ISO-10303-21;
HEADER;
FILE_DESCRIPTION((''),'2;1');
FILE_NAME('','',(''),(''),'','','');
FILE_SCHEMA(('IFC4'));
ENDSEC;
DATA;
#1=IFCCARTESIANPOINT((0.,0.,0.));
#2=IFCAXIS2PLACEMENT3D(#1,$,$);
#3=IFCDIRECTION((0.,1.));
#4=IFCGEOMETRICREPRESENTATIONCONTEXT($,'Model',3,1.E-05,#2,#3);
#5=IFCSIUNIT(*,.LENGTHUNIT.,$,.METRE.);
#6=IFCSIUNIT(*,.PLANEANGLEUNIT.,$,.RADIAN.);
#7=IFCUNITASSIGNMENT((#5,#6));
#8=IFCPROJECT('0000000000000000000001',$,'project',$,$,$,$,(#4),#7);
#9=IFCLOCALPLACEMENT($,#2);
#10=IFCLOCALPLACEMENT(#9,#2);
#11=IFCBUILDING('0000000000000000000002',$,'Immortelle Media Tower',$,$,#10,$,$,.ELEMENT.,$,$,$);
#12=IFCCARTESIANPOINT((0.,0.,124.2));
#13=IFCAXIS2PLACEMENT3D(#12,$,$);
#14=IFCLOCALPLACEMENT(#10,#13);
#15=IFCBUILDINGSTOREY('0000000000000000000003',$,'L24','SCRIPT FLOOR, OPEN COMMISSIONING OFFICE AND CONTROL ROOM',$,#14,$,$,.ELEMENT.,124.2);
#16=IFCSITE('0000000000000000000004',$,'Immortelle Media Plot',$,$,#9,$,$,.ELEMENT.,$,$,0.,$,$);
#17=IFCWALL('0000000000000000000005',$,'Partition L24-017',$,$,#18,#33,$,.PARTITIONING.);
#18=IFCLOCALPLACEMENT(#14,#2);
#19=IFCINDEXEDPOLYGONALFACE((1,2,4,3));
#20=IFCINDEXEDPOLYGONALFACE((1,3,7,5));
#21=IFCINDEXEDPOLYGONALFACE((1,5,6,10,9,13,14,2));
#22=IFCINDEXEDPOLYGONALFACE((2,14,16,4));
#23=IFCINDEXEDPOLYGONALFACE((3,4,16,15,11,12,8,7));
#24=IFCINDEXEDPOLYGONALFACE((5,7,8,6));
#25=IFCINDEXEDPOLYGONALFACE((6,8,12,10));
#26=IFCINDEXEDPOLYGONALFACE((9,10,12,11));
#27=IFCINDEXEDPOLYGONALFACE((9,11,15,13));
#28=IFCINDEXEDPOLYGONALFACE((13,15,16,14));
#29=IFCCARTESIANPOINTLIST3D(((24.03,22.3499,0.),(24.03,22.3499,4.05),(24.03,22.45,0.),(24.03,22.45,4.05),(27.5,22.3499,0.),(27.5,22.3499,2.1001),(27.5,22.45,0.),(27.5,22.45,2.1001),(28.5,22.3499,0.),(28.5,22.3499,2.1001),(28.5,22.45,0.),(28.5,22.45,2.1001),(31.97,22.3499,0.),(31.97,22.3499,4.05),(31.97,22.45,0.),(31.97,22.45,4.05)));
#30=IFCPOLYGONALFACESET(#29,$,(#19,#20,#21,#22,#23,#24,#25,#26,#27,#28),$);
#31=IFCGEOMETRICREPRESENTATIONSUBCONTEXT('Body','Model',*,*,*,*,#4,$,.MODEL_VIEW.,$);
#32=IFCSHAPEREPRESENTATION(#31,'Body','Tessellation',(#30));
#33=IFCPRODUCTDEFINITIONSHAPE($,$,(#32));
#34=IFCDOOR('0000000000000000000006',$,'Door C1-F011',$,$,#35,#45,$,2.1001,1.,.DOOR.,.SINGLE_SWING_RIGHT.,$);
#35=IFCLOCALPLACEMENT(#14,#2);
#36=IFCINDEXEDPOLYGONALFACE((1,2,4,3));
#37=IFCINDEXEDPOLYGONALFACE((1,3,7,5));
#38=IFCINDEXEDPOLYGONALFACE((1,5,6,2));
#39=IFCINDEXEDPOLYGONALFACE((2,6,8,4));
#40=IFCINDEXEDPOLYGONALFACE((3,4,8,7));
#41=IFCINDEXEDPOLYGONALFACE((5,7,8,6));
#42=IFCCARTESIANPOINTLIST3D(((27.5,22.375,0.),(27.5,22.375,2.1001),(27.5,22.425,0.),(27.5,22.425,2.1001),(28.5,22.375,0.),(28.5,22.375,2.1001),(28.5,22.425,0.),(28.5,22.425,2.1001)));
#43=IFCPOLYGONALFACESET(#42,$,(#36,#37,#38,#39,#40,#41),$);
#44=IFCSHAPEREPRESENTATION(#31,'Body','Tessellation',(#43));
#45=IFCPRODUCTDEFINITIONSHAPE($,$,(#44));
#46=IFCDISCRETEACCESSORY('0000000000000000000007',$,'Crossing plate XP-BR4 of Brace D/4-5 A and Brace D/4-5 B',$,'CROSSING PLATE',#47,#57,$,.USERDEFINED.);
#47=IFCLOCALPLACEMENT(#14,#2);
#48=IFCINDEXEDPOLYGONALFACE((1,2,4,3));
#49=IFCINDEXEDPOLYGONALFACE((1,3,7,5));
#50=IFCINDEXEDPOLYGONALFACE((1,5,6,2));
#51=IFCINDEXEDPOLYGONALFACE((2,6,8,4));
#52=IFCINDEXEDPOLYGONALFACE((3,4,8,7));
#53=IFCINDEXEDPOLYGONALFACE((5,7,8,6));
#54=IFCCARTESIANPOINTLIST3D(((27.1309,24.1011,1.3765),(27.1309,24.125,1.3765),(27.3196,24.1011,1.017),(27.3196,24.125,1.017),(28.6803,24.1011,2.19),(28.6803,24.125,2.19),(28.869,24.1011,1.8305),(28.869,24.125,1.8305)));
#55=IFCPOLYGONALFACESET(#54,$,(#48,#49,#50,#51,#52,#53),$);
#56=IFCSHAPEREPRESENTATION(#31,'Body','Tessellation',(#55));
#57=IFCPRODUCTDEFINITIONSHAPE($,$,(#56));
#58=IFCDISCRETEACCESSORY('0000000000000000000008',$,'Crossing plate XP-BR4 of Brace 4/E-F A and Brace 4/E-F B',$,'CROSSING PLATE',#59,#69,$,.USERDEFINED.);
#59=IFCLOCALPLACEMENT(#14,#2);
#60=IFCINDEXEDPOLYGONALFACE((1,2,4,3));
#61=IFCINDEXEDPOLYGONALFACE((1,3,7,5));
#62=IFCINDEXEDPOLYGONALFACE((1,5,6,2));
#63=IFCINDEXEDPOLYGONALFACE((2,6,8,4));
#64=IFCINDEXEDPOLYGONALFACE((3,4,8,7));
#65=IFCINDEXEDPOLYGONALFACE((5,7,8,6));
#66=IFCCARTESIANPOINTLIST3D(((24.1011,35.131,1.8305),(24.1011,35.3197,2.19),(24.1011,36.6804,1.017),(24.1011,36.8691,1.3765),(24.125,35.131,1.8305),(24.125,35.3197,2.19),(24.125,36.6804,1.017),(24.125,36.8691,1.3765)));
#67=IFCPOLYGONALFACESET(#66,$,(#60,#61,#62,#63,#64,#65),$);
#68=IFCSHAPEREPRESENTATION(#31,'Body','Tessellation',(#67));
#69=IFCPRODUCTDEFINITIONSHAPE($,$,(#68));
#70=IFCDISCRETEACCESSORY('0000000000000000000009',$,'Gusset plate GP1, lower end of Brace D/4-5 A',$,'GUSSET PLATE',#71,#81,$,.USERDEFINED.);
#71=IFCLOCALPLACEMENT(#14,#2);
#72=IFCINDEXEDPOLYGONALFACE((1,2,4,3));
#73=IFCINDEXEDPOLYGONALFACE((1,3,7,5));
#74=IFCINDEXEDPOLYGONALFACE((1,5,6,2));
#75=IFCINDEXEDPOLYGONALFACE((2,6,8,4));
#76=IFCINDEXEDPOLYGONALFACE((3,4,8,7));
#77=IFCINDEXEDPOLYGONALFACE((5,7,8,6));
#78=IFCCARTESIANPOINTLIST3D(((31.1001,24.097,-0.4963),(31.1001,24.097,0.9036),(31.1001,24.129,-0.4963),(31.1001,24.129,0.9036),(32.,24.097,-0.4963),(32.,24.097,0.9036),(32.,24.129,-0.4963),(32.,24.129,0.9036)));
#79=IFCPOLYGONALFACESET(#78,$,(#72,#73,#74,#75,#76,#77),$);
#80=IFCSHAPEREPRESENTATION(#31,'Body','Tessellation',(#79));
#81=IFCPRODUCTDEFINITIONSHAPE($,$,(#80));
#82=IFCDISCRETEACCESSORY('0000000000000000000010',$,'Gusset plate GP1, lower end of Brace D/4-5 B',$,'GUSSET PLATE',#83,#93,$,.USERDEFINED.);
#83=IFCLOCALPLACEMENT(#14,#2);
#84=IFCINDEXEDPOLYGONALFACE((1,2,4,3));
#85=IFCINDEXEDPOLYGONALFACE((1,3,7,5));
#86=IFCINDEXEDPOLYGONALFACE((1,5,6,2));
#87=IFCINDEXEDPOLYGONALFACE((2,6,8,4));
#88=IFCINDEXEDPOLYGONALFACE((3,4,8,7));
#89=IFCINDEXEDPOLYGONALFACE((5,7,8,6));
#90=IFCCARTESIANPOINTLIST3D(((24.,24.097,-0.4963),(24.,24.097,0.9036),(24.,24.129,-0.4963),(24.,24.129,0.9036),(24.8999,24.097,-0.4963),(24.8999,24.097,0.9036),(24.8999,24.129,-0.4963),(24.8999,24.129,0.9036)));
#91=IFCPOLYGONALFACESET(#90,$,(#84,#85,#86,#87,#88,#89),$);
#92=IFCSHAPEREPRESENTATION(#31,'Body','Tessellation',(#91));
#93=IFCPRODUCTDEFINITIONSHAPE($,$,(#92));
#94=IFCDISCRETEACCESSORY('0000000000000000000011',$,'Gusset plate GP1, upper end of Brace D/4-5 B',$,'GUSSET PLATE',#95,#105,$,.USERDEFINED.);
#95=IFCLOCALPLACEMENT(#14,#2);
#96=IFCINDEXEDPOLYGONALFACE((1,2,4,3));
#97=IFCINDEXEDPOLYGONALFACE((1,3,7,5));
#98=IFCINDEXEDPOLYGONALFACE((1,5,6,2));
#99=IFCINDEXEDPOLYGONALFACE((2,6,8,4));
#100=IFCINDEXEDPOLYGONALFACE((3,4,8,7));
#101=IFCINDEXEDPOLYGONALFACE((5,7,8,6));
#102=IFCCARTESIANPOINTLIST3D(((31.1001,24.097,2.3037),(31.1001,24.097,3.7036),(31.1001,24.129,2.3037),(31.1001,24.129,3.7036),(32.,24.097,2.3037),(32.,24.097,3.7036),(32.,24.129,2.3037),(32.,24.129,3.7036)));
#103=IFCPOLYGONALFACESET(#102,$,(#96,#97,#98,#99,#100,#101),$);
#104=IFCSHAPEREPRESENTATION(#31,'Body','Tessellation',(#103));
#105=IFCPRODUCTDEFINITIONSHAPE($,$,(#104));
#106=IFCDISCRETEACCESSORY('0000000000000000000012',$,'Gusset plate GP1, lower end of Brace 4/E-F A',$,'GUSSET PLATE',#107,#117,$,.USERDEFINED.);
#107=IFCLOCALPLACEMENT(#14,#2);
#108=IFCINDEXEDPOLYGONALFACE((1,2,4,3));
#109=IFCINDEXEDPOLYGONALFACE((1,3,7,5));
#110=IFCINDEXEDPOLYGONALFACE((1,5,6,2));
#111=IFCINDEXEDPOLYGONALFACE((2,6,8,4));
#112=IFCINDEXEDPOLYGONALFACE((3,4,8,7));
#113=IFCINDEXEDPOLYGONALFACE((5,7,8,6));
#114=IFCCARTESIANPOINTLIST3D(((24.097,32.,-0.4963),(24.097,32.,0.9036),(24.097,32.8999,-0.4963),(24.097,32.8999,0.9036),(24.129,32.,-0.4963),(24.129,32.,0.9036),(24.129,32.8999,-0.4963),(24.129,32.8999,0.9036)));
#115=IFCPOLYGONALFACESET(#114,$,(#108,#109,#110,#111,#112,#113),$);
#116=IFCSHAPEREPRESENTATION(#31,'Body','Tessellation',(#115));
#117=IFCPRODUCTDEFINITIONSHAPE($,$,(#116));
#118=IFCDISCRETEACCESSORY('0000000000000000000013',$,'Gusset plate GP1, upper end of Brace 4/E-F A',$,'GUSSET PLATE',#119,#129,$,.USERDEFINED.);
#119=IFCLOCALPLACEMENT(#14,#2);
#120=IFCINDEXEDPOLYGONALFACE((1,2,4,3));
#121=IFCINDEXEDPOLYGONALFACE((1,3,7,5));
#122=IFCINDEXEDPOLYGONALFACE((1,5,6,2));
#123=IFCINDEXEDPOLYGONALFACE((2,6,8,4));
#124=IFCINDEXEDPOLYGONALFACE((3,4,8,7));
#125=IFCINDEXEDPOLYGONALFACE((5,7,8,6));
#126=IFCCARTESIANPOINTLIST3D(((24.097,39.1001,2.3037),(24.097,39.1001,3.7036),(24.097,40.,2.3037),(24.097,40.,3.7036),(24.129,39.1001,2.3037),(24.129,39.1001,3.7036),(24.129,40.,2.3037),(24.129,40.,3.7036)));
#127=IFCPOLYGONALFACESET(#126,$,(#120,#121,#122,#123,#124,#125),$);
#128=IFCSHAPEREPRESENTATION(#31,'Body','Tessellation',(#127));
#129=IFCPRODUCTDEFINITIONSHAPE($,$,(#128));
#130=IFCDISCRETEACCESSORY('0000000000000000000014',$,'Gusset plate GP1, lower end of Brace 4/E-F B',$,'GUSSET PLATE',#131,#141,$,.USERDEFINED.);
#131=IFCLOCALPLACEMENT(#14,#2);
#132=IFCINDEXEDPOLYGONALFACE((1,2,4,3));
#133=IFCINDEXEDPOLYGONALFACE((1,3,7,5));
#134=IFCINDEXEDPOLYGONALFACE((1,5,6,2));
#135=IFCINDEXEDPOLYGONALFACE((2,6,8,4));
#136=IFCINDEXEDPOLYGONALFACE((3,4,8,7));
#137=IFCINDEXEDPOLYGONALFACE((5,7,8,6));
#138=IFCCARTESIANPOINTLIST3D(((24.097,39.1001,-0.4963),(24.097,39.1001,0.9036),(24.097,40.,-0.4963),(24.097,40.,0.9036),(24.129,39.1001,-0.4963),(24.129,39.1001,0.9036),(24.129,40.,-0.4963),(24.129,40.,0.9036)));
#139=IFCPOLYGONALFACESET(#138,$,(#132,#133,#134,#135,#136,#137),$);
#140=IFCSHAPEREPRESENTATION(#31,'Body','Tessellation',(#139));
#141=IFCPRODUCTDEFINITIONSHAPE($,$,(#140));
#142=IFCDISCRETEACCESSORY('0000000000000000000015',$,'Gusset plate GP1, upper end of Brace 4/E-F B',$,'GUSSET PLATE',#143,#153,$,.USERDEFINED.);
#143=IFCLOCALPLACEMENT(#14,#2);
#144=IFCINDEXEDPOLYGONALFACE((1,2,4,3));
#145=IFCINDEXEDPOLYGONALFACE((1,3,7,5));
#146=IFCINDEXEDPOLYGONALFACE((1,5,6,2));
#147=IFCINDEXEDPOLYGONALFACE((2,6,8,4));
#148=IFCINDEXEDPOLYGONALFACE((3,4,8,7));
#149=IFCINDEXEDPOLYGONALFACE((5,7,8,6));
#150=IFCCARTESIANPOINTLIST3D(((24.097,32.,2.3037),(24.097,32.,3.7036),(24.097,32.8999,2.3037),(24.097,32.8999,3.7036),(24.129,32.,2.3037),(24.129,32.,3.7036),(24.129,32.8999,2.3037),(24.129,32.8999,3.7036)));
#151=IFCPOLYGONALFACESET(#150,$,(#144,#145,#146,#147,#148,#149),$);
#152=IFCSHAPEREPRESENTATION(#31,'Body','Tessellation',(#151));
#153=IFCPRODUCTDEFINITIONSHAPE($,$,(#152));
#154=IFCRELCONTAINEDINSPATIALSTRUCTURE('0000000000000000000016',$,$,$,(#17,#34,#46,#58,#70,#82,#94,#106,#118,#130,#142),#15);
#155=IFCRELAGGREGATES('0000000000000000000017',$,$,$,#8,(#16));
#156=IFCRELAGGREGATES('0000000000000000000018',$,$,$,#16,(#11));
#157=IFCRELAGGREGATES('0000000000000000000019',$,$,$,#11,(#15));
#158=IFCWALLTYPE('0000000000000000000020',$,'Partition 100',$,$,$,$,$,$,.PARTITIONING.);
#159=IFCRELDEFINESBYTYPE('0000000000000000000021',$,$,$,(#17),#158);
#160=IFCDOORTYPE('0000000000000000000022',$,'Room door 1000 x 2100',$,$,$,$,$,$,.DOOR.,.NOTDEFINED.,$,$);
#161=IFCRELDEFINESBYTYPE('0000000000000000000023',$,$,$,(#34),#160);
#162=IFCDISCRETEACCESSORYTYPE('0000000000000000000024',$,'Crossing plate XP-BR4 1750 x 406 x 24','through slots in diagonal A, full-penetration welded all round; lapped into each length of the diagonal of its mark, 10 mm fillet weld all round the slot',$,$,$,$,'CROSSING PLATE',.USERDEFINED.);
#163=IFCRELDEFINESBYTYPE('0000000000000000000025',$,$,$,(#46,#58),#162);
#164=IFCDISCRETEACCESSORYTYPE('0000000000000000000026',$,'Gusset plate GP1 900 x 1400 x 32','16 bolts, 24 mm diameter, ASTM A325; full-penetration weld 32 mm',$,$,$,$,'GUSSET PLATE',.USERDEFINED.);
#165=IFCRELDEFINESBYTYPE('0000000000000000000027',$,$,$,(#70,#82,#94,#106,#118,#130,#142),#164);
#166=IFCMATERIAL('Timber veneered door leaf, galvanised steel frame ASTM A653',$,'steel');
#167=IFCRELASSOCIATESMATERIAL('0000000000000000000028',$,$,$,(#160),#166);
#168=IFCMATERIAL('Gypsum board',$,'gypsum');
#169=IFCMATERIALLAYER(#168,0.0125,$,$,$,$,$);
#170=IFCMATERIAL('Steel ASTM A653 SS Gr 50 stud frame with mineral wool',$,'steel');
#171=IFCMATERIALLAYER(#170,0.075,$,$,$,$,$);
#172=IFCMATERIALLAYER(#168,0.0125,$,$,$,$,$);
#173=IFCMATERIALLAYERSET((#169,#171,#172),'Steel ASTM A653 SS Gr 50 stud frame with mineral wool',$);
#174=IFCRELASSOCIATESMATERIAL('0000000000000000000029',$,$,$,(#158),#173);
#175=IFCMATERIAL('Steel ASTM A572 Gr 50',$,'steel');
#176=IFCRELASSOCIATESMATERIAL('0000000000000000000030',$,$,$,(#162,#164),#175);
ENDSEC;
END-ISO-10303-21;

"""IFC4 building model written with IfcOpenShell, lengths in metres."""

from ifc_helpers import new_model, si_unit, direction, frame, frame_2d, origin, origin_2d, place, context, subcontext, project, spatial, rectangle, extrude, material, layer, layer_set, material_profile, profile_set, type_object, element, fill, save


model = new_model("IFC4")

# Units and contexts
model_context = context("Model", 3, precision=1e-05, world=origin(), true_north=direction((0.0, 1.0)))
body_context = subcontext(model_context, "Body", "Model", "MODEL_VIEW")
ifc_project = project(units=[si_unit("LENGTHUNIT", "METRE"), si_unit("PLANEANGLEUNIT", "RADIAN")], contexts=[model_context])

# Site, building, storey
site_placement = place(None, origin())
site = spatial("IfcSite", under=ifc_project, at=site_placement, Name="Immortelle Media Plot", CompositionType="ELEMENT", RefElevation=0.0)
building_placement = place(site_placement, origin())
building = spatial("IfcBuilding", under=site, at=building_placement, Name="Immortelle Media Tower", CompositionType="ELEMENT")
storey_placement = place(building_placement, frame((0.0, 0.0, 124.2)))
storey = spatial("IfcBuildingStorey", under=building, at=storey_placement, Name="L24", Description="SCRIPT FLOOR, OPEN COMMISSIONING OFFICE AND CONTROL ROOM", CompositionType="ELEMENT", Elevation=124.2)

# Shared definitions
ifc_material_1 = material(Name="Steel ASTM A653 SS Gr 50 stud frame with mineral wool", Category="steel")
ifc_material_2 = material(Name="Timber veneered door leaf, galvanised steel frame ASTM A653", Category="steel")
door_type = type_object("IfcDoorType", Name="Room door 1000 x 2100", OperationType="NOTDEFINED", PredefinedType="DOOR", material=ifc_material_2)

# Shared definitions
ifc_material_3 = material(Name="Gypsum board", Category="gypsum")
ifc_layer_1 = layer(ifc_material_3, 0.0125)
ifc_layer_2 = layer(ifc_material_1, 0.075)
ifc_layer_3 = layer(ifc_material_3, 0.0125)
ifc_layer_set_1 = layer_set([ifc_layer_1, ifc_layer_2, ifc_layer_3], Name="Steel ASTM A653 SS Gr 50 stud frame with mineral wool")
wall_type_1 = type_object("IfcWallType", Name="Partition 100", PredefinedType="PARTITIONING", material=ifc_layer_set_1)

# Wall, opening, door
wall_1_placement = place(storey_placement, frame((24.03, 22.3999, 0.0), z_axis=(0.0, 0.0, 1.0), x_axis=(1.0, 0.0, 0.0)))
wall_1 = element("IfcWall", 1, at=wall_1_placement, inside=storey, type_object=wall_type_1, Name="Partition L24-017", PredefinedType="PARTITIONING", context=body_context, shape_type="SweptSolid", body=[
    extrude(rectangle(XDim=7.9399, YDim=0.1001, at=frame_2d((3.97, 0.0))), origin(), (0.0, 0.0, 1.0), 4.05),
])
opening_1_placement = place(wall_1_placement, frame((4.47, 0.0, 0.0), z_axis=(0.0, 0.0, 1.0), x_axis=(-1.0, 0.0, 0.0)))
opening_1 = element("IfcOpeningElement", 2, at=opening_1_placement, cuts=wall_1, PredefinedType="OPENING", context=body_context, shape_type="SweptSolid", body=[
    extrude(rectangle(XDim=1.0, YDim=2.1001, at=frame_2d((0.5, 1.05))), frame((0.0, 0.0601, 0.0), z_axis=(0.0, -1.0, 0.0), x_axis=(1.0, 0.0, 0.0)), (0.0, 0.0, 1.0), 0.1201),
])
door_1_placement = place(opening_1_placement, origin())
door_1 = element("IfcDoor", 3, at=door_1_placement, inside=storey, type_object=door_type, Name="Door C1-F011", OperationType="SINGLE_SWING_RIGHT", OverallHeight=2.1001, OverallWidth=1.0, PredefinedType="DOOR", context=body_context, shape_type="SweptSolid", body=[
    extrude(rectangle(XDim=1.0, YDim=2.1001, at=frame_2d((0.5, 1.05))), frame((0.0, 0.0249, 0.0), z_axis=(0.0, -1.0, 0.0), x_axis=(1.0, 0.0, 0.0)), (0.0, 0.0, 1.0), 0.05),
])
fill(opening_1, door_1)

# Discrete accessories
ifc_material_4 = material(Name="Steel ASTM A572 Gr 50", Category="steel")
ifc_material_profile_1 = material_profile(ifc_material_4, rectangle(XDim=0.0239, YDim=0.406, at=origin_2d()), Name="PL 24 x 406")
ifc_profile_set_1 = profile_set([ifc_material_profile_1], Name="Steel ASTM A572 Gr 50")
discrete_accessory_type_1 = type_object("IfcDiscreteAccessoryType", Name="Crossing plate XP-BR4 1750 x 406 x 24", Description="through slots in diagonal A, full-penetration welded all round; lapped into each length of the diagonal of its mark, 10 mm fillet weld all round the slot", ElementType="CROSSING PLATE", PredefinedType="USERDEFINED", material=ifc_profile_set_1)
for number, where, z_axis, x_axis, name in (
    (4, (28.7747, 24.113, 2.0103), (-0.885378, 0.0, -0.464872), (0.0, -1.0, 0.0), "Crossing plate XP-BR4 of Brace D/4-5 A and Brace D/4-5 B"),
    (5, (24.113, 35.2253, 2.0103), (0.0, 0.885378, -0.464872), (-1.0, 0.0, 0.0), "Crossing plate XP-BR4 of Brace 4/E-F A and Brace 4/E-F B"),
):
    element("IfcDiscreteAccessory", number, at=place(storey_placement, frame(where, z_axis=z_axis, x_axis=x_axis)), inside=storey, type_object=discrete_accessory_type_1, Name=name, ObjectType="CROSSING PLATE", PredefinedType="USERDEFINED", context=body_context, shape_type="SweptSolid", body=[
        extrude(rectangle(XDim=0.0239, YDim=0.406, at=origin_2d()), origin(), (0.0, 0.0, 1.0), 1.75),
    ])
ifc_material_profile_2 = material_profile(ifc_material_4, rectangle(XDim=0.032, YDim=1.3999, at=origin_2d()), Name="PL 32 x 1400")
ifc_profile_set_2 = profile_set([ifc_material_profile_2], Name="Steel ASTM A572 Gr 50")
discrete_accessory_type_2 = type_object("IfcDiscreteAccessoryType", Name="Gusset plate GP1 900 x 1400 x 32", Description="16 bolts, 24 mm diameter, ASTM A325; full-penetration weld 32 mm", ElementType="GUSSET PLATE", PredefinedType="USERDEFINED", material=ifc_profile_set_2)
for number, where, z_axis, x_axis, name in (
    (6, (32.0, 24.113, 0.2036), (-1.0, 0.0, 0.0), (0.0, -1.0, 0.0), "Gusset plate GP1, lower end of Brace D/4-5 A"),
    (7, (24.0, 24.113, 0.2036), (1.0, 0.0, 0.0), (0.0, 1.0, 0.0), "Gusset plate GP1, lower end of Brace D/4-5 B"),
    (8, (32.0, 24.113, 3.0037), (-1.0, 0.0, 0.0), (0.0, -1.0, 0.0), "Gusset plate GP1, upper end of Brace D/4-5 B"),
    (9, (24.113, 32.0, 0.2036), (0.0, 1.0, 0.0), (-1.0, 0.0, 0.0), "Gusset plate GP1, lower end of Brace 4/E-F A"),
    (10, (24.113, 40.0, 3.0037), (0.0, -1.0, 0.0), (1.0, 0.0, 0.0), "Gusset plate GP1, upper end of Brace 4/E-F A"),
    (11, (24.113, 40.0, 0.2036), (0.0, -1.0, 0.0), (1.0, 0.0, 0.0), "Gusset plate GP1, lower end of Brace 4/E-F B"),
    (12, (24.113, 32.0, 3.0037), (0.0, 1.0, 0.0), (-1.0, 0.0, 0.0), "Gusset plate GP1, upper end of Brace 4/E-F B"),
):
    element("IfcDiscreteAccessory", number, at=place(storey_placement, frame(where, z_axis=z_axis, x_axis=x_axis)), inside=storey, type_object=discrete_accessory_type_2, Name=name, ObjectType="GUSSET PLATE", PredefinedType="USERDEFINED", context=body_context, shape_type="SweptSolid", body=[
        extrude(rectangle(XDim=0.032, YDim=1.3999, at=origin_2d()), origin(), (0.0, 0.0, 1.0), 0.8999),
    ])

save(model, "model.ifc")
